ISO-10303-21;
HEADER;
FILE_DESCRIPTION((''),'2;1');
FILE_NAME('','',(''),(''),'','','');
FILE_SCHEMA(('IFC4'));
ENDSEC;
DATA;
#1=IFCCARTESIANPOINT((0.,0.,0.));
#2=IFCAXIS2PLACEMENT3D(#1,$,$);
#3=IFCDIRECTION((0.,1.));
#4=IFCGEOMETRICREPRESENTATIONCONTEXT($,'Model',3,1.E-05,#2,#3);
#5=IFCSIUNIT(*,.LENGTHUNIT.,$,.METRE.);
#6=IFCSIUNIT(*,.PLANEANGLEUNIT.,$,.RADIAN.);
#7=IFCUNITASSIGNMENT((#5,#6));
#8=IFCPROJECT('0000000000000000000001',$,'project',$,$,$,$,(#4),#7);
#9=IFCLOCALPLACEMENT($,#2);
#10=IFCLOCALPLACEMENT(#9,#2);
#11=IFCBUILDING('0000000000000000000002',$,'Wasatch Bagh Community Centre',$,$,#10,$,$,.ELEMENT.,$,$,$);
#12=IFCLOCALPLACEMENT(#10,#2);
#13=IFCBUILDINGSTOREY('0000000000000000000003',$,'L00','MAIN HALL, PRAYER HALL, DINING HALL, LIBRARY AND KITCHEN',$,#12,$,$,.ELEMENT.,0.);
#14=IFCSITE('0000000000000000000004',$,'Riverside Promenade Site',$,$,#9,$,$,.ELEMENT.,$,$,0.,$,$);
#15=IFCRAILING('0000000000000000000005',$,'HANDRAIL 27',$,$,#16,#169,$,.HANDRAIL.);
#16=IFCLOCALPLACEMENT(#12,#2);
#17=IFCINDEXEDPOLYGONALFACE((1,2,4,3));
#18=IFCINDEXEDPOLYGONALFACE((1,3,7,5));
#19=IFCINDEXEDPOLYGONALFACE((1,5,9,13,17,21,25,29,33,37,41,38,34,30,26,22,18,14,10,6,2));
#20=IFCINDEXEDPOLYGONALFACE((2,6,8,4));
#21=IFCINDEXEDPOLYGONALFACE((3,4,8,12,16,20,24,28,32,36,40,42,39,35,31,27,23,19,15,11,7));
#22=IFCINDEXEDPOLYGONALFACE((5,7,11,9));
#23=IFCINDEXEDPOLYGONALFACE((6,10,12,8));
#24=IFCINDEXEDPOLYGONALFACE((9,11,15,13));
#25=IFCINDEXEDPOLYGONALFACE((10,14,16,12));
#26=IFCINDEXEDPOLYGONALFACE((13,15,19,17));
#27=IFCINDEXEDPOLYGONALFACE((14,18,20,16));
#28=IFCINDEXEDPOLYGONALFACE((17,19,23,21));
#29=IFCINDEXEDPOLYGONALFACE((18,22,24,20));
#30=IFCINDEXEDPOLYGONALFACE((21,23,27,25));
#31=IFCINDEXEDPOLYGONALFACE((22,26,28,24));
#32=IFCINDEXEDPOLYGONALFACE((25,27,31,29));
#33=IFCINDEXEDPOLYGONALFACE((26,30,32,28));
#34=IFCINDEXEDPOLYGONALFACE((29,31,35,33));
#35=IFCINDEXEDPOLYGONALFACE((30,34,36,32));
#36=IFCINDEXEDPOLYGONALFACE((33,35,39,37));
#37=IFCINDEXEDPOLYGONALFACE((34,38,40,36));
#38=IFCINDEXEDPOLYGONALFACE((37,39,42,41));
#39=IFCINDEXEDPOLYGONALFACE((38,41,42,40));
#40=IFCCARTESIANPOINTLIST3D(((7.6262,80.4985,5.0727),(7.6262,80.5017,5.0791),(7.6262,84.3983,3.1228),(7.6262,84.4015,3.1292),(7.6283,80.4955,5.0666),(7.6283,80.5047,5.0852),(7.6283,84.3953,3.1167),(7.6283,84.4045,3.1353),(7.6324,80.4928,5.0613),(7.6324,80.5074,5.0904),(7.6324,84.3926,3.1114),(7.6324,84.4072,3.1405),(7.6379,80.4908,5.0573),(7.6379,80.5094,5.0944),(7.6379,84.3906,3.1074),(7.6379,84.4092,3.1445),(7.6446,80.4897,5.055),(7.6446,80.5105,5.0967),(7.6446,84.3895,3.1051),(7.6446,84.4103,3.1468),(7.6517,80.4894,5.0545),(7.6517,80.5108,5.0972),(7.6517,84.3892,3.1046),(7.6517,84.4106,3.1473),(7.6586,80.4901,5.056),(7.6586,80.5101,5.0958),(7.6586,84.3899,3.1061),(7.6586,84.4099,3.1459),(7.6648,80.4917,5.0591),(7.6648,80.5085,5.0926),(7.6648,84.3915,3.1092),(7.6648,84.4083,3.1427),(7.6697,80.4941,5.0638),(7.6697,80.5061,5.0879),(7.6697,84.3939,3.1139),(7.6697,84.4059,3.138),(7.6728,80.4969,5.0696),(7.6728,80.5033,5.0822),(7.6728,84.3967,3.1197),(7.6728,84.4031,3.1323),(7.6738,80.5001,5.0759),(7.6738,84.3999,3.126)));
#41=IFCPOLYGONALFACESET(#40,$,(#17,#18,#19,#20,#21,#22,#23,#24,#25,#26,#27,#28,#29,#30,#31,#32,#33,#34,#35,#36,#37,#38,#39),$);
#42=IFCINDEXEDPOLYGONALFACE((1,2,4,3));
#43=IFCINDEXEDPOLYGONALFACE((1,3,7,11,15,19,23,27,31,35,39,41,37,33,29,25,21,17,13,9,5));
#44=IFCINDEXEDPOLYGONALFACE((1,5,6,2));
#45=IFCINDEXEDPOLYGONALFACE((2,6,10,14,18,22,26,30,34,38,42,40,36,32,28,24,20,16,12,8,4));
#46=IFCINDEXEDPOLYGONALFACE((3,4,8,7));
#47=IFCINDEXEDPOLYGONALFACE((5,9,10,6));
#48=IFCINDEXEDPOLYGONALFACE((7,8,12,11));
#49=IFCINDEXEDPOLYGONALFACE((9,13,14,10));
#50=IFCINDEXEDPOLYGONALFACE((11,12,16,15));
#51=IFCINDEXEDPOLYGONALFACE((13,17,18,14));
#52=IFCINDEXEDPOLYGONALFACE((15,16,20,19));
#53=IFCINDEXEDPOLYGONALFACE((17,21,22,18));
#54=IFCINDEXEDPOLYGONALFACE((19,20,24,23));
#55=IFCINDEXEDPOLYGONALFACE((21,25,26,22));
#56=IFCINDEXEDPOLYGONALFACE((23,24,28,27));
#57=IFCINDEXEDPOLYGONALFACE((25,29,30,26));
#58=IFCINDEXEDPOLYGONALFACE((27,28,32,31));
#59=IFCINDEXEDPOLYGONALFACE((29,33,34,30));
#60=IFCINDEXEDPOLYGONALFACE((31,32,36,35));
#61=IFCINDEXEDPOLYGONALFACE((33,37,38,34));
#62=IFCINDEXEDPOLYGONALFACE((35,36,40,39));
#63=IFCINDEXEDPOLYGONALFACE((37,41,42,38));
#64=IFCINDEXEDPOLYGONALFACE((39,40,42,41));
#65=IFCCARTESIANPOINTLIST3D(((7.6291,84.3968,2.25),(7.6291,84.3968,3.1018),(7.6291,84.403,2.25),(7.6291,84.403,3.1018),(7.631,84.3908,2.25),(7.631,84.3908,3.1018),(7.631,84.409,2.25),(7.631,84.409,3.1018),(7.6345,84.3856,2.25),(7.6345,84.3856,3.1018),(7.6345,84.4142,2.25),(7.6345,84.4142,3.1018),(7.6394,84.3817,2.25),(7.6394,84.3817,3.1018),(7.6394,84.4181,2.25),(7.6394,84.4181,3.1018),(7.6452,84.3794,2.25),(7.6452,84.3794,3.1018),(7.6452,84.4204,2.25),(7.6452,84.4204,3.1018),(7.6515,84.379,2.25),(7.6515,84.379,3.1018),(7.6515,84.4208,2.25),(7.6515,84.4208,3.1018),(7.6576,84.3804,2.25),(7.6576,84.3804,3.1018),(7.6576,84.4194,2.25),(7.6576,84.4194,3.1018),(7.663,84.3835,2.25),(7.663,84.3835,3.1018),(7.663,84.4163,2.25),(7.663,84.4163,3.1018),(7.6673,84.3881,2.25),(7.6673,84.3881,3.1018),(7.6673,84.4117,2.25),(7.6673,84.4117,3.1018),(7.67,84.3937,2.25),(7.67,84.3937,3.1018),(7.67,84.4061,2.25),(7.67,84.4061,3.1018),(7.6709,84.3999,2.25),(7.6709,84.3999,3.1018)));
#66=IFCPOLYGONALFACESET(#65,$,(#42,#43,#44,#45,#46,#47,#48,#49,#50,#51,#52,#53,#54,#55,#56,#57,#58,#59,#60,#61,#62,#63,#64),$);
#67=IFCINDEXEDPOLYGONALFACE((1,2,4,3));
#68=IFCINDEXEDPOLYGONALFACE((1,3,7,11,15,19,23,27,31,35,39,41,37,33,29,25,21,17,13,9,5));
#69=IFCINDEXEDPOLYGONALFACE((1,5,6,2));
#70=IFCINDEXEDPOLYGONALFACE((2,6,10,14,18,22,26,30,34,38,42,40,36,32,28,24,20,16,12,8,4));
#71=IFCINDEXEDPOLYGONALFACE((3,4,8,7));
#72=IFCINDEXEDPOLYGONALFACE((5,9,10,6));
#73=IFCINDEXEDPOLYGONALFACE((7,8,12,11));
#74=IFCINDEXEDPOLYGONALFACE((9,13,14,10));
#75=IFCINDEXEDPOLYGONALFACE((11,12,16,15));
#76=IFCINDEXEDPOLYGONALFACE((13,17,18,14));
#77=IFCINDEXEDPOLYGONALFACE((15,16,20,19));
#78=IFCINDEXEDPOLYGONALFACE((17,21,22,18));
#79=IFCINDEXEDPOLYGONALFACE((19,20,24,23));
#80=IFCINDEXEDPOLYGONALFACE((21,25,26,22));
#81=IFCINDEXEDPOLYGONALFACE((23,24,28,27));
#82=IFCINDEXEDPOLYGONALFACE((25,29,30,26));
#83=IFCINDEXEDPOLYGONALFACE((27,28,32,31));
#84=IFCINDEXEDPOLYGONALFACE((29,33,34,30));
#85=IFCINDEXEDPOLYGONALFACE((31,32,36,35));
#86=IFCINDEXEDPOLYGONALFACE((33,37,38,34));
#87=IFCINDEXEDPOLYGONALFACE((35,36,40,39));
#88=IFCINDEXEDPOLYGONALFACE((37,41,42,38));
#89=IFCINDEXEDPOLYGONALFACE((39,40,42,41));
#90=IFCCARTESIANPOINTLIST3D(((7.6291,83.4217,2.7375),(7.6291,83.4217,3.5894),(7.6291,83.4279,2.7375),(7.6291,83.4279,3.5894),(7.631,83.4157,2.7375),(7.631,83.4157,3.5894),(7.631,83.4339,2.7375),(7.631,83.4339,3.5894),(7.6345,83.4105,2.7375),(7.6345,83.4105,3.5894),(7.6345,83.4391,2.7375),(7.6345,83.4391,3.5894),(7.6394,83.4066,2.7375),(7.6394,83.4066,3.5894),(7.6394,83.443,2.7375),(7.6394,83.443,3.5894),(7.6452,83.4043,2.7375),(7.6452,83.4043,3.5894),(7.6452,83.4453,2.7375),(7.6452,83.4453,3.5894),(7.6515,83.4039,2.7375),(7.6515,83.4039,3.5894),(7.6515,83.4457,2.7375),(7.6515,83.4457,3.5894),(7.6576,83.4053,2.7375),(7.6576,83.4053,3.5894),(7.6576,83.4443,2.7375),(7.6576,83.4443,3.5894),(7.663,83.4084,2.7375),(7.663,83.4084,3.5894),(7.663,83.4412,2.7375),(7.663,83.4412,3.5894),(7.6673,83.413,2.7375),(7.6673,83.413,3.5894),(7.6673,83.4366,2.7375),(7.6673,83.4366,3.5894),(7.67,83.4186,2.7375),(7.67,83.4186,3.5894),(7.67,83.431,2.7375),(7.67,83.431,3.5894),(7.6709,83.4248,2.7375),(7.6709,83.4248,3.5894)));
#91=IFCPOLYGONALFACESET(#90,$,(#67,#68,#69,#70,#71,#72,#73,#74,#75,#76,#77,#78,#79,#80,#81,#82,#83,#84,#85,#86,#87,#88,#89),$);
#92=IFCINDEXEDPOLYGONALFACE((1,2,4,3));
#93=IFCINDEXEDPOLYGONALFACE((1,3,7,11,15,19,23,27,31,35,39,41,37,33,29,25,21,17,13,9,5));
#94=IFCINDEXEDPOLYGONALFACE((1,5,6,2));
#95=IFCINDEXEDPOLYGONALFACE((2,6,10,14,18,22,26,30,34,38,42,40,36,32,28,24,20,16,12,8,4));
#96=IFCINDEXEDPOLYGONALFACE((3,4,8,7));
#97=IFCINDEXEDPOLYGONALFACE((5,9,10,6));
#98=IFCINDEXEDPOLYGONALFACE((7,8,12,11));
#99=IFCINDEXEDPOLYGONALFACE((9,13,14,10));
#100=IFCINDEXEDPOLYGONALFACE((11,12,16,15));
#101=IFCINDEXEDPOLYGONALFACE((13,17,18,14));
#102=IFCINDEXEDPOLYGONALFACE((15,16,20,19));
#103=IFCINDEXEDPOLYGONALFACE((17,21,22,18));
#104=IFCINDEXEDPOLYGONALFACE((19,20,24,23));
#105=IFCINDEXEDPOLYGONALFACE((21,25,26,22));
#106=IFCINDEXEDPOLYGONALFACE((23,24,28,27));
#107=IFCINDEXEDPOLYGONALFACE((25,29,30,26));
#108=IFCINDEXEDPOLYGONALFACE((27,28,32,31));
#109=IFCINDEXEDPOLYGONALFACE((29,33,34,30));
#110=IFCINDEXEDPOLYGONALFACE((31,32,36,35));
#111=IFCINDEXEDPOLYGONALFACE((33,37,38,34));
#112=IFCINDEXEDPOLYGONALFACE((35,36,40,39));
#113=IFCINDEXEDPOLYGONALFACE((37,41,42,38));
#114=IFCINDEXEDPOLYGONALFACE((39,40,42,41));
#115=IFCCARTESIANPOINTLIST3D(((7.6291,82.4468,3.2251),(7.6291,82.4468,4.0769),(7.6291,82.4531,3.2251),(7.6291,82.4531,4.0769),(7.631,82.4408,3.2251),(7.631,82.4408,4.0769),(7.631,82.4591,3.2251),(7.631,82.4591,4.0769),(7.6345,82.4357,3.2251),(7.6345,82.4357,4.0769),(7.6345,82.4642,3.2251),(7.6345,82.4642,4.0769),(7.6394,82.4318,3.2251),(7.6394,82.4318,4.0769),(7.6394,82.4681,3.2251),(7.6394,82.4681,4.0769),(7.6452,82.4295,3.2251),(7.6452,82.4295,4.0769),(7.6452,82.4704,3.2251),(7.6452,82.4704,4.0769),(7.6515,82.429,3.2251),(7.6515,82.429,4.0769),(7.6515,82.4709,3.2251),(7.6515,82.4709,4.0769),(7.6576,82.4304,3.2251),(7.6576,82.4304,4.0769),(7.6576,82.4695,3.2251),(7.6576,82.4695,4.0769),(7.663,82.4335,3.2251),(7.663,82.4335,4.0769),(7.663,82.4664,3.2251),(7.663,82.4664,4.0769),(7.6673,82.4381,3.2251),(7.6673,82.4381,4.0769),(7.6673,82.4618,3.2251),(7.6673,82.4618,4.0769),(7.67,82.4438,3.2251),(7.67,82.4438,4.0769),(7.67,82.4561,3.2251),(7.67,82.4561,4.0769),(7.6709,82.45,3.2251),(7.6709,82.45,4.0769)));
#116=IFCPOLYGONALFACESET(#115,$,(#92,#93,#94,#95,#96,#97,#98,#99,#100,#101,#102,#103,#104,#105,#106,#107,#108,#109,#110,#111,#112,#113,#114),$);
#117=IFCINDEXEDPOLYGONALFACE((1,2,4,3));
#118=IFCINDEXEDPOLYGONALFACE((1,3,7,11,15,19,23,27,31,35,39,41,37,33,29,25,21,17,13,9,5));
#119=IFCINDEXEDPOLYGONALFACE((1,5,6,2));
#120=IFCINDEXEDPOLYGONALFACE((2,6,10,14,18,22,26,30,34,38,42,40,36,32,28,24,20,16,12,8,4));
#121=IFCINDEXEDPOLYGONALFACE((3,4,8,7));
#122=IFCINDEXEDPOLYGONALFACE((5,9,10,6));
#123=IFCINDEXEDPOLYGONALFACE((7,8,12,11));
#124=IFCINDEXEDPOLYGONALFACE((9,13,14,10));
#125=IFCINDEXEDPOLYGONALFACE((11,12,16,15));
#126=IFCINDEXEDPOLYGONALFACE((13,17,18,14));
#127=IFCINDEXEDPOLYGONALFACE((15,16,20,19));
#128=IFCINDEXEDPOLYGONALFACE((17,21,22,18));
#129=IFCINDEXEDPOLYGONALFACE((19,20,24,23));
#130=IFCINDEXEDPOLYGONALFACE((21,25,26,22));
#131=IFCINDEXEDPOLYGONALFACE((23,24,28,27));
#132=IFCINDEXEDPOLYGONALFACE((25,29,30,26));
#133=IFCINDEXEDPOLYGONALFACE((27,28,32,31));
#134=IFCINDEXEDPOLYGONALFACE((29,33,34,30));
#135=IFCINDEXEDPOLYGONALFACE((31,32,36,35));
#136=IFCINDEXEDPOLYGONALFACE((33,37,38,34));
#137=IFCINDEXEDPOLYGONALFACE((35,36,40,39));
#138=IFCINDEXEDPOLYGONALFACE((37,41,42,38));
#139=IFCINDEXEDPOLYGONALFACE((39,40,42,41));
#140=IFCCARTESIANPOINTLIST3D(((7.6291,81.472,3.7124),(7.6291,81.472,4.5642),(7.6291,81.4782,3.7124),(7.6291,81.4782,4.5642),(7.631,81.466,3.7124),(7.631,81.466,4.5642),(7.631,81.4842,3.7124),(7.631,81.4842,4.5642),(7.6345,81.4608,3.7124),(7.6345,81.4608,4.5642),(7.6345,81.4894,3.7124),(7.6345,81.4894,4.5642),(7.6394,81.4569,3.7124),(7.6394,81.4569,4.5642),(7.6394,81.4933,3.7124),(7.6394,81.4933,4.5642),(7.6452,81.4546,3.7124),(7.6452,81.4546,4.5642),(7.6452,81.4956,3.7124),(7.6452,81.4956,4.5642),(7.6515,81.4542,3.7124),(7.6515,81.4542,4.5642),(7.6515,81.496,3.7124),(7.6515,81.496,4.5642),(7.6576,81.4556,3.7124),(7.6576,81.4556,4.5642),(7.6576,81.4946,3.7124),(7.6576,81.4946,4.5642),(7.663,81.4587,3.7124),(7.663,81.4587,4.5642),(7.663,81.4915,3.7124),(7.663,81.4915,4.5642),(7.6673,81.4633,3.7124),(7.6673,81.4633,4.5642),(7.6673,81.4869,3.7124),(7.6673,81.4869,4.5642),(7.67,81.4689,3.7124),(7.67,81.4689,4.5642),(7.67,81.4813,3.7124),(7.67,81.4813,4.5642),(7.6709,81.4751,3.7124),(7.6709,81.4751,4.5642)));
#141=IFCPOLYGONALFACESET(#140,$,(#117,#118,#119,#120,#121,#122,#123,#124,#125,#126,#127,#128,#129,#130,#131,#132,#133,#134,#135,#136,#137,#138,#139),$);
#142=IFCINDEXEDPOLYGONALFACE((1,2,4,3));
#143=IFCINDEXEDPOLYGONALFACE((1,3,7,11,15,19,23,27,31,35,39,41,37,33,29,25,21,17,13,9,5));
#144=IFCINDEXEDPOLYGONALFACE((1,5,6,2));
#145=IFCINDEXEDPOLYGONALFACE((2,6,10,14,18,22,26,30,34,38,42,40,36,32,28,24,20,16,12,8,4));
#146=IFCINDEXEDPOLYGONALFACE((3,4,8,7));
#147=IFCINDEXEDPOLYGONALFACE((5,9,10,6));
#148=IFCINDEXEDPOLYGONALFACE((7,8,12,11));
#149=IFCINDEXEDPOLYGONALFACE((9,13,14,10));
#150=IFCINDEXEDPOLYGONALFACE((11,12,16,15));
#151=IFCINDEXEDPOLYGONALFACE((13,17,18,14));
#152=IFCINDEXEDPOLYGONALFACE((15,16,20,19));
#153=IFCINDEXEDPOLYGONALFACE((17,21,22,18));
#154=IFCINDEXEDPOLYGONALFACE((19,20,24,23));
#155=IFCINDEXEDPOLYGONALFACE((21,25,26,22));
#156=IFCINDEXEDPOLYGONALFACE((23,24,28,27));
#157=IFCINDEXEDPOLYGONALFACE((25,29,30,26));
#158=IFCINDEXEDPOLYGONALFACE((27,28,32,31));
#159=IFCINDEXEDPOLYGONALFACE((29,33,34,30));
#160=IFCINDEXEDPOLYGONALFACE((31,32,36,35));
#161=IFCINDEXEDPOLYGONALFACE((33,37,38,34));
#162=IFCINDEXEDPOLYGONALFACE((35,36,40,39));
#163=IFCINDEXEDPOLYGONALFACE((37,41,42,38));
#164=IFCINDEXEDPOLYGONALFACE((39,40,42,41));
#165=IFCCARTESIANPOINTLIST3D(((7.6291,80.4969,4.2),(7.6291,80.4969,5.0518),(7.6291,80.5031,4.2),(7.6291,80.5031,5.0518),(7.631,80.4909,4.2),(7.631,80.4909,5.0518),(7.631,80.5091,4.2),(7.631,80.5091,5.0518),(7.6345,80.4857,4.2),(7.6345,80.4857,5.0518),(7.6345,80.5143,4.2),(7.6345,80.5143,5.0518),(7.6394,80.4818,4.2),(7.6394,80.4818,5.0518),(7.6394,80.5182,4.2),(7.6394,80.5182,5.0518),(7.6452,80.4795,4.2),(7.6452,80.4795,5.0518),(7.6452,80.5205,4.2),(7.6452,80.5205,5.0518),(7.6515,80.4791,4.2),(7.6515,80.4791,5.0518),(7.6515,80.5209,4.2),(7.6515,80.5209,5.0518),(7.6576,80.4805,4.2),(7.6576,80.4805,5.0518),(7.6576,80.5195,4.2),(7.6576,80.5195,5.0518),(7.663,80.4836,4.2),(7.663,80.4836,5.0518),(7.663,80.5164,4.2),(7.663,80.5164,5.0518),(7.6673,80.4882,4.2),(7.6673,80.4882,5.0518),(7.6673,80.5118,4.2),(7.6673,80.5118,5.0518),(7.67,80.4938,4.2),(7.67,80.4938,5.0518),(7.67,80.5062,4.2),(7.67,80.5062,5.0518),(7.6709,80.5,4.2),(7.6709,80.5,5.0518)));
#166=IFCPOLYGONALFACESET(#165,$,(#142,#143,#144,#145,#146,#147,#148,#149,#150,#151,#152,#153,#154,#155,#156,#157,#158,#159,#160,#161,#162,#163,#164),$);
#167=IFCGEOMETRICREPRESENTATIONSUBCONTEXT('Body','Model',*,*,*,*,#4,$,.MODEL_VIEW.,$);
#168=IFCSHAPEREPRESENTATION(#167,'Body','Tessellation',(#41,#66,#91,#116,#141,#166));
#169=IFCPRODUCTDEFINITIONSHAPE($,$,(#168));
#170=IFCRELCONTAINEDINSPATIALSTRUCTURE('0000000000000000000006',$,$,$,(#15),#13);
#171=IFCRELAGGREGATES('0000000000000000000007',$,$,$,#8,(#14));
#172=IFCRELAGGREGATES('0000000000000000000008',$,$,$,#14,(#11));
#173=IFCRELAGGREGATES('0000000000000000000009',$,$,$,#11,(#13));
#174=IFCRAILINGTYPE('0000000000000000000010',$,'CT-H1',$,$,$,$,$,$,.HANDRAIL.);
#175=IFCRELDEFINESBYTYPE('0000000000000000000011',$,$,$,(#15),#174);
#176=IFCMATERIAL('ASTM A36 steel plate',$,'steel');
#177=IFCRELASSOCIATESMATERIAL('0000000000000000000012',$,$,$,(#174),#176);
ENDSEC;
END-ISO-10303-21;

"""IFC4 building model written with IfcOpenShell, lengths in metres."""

from ifc_helpers import new_model, si_unit, direction, frame, origin, origin_2d, place, context, subcontext, project, spatial, circle, extrude, material, type_object, element, save


model = new_model("IFC4")

# Units and contexts
model_context = context("Model", 3, precision=1e-05, world=origin(), true_north=direction((0.0, 1.0)))
body_context = subcontext(model_context, "Body", "Model", "MODEL_VIEW")
ifc_project = project(units=[si_unit("LENGTHUNIT", "METRE"), si_unit("PLANEANGLEUNIT", "RADIAN")], contexts=[model_context])

# Site, building, storey
site_placement = place(None, origin())
site = spatial("IfcSite", under=ifc_project, at=site_placement, Name="Riverside Promenade Site", CompositionType="ELEMENT", RefElevation=0.0)
building_placement = place(site_placement, origin())
building = spatial("IfcBuilding", under=site, at=building_placement, Name="Wasatch Bagh Community Centre", CompositionType="ELEMENT")
storey_placement = place(building_placement, origin())
storey = spatial("IfcBuildingStorey", under=building, at=storey_placement, Name="L00", Description="MAIN HALL, PRAYER HALL, DINING HALL, LIBRARY AND KITCHEN", CompositionType="ELEMENT", Elevation=0.0)

# Railing
ifc_material_1 = material(Name="ASTM A36 steel plate", Category="steel")
railing_type_1 = type_object("IfcRailingType", Name="CT-H1", PredefinedType="HANDRAIL", material=ifc_material_1)
for number, where, name in (
    (1, (7.6499, 84.3999, 2.25), "HANDRAIL 27"),
):
    element("IfcRailing", number, at=place(storey_placement, frame(where)), inside=storey, type_object=railing_type_1, Name=name, PredefinedType="HANDRAIL", context=body_context, shape_type="SweptSolid", body=[
        extrude(circle(Radius=0.0239, at=origin_2d()), frame((0.0, 0.0, 0.876), z_axis=(0.0, -0.894427, 0.447214), x_axis=(1.0, 0.0, 0.0)), (0.0, 0.0, 1.0), 4.3601),
        extrude(circle(Radius=0.021, at=origin_2d()), origin(), (0.0, 0.0, 1.0), 0.8518),
        extrude(circle(Radius=0.021, at=origin_2d()), frame((0.0, -0.9751, 0.4875)), (0.0, 0.0, 1.0), 0.8518),
        extrude(circle(Radius=0.021, at=origin_2d()), frame((0.0, -1.95, 0.9751)), (0.0, 0.0, 1.0), 0.8518),
        extrude(circle(Radius=0.021, at=origin_2d()), frame((0.0, -2.9248, 1.4624)), (0.0, 0.0, 1.0), 0.8518),
        extrude(circle(Radius=0.021, at=origin_2d()), frame((0.0, -3.8999, 1.95)), (0.0, 0.0, 1.0), 0.8518),
    ])

save(model, "model.ifc")
